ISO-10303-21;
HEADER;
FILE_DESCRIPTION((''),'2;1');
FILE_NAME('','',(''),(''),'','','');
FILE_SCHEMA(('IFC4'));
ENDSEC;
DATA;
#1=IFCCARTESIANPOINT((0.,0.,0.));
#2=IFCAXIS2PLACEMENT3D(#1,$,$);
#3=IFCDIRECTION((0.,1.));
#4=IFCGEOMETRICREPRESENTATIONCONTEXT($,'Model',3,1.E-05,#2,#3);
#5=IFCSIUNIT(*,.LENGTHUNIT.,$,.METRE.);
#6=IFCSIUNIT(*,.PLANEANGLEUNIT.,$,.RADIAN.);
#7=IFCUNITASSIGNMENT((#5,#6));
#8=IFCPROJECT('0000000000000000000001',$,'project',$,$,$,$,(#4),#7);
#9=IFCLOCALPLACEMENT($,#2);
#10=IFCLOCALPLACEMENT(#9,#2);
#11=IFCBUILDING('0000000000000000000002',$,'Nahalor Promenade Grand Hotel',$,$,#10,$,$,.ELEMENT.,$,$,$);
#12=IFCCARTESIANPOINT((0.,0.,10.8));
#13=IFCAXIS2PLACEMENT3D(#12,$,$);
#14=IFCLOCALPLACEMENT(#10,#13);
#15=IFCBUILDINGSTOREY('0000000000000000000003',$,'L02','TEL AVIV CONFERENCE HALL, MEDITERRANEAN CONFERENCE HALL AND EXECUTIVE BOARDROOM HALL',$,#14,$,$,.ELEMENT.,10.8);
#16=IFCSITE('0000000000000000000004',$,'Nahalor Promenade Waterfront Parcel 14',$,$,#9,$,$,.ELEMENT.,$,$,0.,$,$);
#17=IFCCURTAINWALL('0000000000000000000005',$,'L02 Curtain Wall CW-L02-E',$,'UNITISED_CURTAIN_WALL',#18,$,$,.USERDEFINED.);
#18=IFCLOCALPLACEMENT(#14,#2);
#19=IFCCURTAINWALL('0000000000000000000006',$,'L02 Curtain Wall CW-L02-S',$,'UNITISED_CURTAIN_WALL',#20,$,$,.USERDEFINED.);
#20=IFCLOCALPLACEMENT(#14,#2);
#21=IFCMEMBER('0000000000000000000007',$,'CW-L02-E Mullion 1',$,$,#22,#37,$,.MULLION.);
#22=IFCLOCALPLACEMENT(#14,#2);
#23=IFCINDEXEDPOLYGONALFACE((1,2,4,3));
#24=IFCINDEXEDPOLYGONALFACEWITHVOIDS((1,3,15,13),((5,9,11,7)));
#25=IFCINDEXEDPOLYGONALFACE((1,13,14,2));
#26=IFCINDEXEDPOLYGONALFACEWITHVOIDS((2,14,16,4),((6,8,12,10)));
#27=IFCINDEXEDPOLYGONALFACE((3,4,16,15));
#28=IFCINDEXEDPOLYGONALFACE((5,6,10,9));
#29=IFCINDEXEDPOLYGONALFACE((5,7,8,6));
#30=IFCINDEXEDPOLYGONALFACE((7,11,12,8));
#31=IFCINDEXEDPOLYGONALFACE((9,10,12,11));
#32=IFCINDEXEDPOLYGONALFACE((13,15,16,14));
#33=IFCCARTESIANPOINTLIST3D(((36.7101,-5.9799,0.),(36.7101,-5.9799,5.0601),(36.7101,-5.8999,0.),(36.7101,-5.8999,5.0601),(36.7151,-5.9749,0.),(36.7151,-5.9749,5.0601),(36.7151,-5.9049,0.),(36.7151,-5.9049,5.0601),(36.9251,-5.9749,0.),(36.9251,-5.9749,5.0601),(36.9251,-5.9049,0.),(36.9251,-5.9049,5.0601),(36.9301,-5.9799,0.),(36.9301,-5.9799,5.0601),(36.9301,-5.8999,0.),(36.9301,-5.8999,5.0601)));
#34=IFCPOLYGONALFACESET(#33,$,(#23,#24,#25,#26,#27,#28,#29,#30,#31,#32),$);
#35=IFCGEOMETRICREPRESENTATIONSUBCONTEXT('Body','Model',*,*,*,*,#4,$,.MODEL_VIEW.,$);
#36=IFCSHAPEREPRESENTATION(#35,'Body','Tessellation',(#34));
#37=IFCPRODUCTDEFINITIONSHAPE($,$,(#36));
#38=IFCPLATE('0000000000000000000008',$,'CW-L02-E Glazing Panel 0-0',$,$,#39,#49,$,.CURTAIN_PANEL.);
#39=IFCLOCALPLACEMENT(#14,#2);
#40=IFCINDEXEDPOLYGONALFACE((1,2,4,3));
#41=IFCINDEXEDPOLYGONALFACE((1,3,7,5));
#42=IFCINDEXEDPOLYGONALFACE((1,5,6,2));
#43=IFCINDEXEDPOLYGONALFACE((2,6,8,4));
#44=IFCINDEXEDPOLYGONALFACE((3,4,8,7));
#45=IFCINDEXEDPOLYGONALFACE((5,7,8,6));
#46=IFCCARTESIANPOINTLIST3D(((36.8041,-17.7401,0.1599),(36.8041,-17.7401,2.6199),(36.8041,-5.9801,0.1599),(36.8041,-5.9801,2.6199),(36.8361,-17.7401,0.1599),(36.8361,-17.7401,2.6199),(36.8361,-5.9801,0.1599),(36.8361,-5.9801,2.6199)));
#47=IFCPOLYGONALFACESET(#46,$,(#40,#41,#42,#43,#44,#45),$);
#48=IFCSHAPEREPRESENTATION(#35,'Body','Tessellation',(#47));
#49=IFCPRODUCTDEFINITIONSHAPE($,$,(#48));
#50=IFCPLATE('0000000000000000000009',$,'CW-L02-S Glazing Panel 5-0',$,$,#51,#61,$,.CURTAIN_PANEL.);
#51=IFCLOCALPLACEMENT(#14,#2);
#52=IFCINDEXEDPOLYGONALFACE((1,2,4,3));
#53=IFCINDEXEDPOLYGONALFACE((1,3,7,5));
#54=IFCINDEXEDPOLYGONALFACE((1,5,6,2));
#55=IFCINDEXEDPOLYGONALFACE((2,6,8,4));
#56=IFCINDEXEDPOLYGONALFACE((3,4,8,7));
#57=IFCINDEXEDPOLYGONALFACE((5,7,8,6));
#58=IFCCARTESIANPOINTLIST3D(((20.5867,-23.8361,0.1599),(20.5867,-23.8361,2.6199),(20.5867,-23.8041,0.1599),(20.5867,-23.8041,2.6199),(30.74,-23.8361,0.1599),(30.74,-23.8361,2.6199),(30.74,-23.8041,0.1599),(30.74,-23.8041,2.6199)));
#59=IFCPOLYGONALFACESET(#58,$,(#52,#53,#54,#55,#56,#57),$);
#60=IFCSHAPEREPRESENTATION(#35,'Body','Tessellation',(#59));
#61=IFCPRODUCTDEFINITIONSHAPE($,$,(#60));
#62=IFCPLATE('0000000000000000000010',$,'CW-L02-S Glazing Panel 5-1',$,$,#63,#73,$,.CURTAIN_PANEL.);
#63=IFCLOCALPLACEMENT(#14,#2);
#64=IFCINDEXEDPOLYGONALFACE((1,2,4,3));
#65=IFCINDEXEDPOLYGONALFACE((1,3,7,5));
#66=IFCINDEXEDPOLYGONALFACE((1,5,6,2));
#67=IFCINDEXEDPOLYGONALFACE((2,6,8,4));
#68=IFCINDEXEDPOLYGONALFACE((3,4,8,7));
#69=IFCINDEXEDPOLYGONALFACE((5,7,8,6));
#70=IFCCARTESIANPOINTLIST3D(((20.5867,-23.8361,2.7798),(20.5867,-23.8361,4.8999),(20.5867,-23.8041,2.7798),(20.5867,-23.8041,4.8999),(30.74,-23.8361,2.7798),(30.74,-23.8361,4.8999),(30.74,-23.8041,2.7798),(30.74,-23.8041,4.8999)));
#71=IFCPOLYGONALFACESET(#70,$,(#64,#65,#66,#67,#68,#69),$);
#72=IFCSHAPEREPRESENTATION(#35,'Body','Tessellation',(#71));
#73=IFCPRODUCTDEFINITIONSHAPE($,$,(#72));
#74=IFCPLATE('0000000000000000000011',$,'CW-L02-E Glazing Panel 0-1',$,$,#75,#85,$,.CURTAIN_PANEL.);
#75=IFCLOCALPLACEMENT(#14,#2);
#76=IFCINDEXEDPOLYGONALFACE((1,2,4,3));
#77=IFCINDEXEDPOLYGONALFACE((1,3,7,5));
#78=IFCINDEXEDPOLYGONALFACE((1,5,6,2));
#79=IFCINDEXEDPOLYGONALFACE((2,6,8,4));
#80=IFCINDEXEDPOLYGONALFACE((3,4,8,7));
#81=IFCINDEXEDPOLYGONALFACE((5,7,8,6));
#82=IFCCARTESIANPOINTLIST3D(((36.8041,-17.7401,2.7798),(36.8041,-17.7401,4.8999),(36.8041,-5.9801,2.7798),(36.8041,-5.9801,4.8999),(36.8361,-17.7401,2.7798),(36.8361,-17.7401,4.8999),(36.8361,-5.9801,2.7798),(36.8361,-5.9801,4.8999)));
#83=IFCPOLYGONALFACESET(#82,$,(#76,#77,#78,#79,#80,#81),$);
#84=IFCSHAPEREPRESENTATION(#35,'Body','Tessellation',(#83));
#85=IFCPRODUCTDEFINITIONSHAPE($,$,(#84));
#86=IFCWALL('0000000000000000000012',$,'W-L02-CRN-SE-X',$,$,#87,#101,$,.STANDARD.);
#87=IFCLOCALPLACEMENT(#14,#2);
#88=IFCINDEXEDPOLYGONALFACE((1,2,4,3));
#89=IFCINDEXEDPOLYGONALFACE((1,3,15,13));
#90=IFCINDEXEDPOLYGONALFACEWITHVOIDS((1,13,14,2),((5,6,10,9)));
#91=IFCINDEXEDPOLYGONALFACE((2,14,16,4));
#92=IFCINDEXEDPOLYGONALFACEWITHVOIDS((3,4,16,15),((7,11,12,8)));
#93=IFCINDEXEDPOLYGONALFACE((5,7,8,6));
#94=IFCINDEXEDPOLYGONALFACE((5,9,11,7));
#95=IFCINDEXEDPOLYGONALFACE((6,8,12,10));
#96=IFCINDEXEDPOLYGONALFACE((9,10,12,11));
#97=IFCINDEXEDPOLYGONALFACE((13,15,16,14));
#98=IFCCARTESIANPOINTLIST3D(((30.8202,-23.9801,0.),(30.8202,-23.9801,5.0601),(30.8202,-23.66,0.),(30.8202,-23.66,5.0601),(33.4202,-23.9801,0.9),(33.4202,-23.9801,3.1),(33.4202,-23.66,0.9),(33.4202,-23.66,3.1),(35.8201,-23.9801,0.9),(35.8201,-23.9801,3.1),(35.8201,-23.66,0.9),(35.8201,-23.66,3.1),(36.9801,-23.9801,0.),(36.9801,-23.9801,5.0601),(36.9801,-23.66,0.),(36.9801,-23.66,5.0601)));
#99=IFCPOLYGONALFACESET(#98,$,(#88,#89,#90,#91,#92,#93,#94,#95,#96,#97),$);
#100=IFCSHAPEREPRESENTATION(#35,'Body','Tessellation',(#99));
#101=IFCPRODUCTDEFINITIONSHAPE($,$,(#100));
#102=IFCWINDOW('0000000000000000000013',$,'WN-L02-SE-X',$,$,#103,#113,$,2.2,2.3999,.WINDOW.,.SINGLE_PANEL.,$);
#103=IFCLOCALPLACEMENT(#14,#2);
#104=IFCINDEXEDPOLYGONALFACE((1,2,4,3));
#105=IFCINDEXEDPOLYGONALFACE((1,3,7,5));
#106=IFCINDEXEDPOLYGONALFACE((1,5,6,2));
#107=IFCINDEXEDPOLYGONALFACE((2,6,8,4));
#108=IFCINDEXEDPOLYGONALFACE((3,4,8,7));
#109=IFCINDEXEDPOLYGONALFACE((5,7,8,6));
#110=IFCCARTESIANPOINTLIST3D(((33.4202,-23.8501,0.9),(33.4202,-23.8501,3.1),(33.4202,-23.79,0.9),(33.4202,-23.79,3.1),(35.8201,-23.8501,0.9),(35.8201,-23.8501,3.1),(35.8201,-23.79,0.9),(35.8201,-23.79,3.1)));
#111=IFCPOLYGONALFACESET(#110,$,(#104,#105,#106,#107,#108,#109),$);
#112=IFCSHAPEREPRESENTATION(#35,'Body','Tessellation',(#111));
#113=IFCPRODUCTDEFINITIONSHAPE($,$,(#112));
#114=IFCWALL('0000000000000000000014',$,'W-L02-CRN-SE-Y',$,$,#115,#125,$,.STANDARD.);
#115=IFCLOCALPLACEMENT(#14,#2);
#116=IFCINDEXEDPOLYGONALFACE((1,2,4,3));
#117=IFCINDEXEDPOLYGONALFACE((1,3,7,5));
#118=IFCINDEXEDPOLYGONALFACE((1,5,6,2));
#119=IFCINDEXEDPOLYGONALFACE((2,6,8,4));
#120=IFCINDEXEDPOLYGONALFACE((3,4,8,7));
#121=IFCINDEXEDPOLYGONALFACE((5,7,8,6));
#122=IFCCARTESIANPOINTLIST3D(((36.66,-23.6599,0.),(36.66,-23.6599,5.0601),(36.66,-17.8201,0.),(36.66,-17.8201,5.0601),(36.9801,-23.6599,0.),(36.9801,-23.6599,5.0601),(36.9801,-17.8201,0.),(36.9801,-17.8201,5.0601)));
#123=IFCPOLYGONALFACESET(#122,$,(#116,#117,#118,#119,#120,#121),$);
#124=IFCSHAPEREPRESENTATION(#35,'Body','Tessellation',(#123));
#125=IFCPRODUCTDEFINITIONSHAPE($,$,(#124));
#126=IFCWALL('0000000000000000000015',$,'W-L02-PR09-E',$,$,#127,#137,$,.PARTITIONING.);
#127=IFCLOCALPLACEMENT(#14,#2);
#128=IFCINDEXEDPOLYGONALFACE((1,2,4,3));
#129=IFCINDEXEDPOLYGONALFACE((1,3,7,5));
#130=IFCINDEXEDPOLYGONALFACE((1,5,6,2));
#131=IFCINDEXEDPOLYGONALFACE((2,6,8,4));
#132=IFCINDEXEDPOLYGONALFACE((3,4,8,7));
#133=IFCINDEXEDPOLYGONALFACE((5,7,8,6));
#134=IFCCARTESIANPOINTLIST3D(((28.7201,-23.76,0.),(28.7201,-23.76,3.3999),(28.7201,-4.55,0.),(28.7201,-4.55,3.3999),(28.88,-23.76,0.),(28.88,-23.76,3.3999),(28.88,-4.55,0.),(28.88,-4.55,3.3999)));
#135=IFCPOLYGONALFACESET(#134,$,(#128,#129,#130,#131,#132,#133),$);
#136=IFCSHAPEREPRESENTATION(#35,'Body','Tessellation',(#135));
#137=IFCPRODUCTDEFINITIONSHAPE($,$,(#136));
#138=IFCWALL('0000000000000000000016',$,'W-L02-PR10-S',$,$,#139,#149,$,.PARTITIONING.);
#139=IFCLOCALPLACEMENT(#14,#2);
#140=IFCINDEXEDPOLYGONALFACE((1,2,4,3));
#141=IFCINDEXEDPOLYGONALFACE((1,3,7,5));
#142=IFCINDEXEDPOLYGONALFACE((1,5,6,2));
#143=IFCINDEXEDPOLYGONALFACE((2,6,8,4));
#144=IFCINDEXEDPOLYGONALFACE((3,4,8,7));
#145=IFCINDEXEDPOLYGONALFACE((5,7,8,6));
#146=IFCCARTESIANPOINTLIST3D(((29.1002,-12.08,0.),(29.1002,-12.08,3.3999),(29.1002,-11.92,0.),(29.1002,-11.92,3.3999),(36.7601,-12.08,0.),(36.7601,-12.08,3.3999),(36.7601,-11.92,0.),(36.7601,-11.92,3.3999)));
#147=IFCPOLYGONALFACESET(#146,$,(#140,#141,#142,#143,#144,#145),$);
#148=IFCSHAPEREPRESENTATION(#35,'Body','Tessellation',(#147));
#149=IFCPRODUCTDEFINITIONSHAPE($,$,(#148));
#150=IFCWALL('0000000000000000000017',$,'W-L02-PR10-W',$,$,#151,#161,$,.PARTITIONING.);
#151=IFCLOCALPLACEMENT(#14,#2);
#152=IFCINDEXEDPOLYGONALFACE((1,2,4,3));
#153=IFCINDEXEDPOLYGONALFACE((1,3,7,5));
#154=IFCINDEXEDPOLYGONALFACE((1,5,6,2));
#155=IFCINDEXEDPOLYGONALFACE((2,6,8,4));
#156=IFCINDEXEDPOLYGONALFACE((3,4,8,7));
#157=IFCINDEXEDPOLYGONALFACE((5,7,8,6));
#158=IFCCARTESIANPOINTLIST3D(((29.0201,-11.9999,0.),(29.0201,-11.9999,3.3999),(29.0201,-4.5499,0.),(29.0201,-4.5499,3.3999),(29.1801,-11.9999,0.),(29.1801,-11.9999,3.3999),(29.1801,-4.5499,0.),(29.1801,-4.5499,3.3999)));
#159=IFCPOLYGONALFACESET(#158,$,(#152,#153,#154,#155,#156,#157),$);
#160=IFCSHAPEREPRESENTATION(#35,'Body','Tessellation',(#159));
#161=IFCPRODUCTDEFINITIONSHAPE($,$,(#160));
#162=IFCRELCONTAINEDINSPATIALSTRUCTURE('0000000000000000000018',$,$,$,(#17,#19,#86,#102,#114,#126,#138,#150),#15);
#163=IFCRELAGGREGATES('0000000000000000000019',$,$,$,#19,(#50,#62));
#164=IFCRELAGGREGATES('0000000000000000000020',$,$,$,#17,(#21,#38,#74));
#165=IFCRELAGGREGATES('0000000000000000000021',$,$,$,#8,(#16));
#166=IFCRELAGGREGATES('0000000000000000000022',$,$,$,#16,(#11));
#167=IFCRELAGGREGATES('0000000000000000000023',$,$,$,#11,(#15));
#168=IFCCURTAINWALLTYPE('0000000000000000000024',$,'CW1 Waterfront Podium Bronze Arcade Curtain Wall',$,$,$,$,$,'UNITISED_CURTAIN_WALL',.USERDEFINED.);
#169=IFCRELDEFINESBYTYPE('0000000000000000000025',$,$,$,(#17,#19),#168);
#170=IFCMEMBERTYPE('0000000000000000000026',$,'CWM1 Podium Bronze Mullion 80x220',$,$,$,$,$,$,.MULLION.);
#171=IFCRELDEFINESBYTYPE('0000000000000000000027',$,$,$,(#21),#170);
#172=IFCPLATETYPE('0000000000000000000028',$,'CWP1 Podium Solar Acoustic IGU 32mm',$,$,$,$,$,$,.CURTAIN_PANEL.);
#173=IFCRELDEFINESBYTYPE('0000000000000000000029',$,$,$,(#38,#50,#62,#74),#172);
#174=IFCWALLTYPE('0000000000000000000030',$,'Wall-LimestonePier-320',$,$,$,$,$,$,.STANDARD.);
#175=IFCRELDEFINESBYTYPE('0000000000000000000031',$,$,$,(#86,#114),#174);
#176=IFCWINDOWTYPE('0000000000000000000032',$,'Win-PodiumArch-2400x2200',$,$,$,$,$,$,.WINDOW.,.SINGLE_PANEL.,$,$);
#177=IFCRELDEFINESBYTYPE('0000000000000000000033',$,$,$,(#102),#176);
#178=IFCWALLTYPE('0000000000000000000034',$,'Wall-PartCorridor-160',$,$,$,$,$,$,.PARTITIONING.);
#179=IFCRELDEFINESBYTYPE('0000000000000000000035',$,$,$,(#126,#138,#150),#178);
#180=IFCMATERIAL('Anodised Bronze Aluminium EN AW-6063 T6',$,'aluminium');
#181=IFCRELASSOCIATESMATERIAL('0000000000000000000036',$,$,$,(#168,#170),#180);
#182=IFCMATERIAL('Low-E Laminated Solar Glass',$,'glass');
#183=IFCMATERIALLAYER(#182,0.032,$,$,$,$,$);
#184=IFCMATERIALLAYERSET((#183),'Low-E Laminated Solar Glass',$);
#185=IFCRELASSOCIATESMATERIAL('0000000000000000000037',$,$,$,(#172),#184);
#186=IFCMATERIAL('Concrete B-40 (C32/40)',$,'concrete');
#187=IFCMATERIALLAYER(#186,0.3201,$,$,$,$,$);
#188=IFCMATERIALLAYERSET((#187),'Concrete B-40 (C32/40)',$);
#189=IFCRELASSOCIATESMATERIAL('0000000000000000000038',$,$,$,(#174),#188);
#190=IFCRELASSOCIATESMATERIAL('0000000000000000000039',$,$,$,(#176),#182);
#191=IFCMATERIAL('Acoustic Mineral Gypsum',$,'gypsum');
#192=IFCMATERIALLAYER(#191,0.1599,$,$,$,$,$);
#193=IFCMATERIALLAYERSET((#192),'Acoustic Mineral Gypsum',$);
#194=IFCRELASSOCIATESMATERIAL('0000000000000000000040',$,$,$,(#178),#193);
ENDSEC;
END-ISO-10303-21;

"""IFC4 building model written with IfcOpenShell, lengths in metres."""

from ifc_helpers import new_model, si_unit, direction, frame, frame_2d, origin, origin_2d, place, context, subcontext, project, spatial, rectangle, hollow_rectangle, extrude, source, transform, mapped, material, layer, layer_set, material_profile, profile_set, type_object, element, fill, aggregate, save


model = new_model("IFC4")

# Units and contexts
model_context = context("Model", 3, precision=1e-05, world=origin(), true_north=direction((0.0, 1.0)))
body_context = subcontext(model_context, "Body", "Model", "MODEL_VIEW")
ifc_project = project(units=[si_unit("LENGTHUNIT", "METRE"), si_unit("PLANEANGLEUNIT", "RADIAN")], contexts=[model_context])

# Site, building, storey
site_placement = place(None, origin())
site = spatial("IfcSite", under=ifc_project, at=site_placement, Name="Nahalor Promenade Waterfront Parcel 14", CompositionType="ELEMENT", RefElevation=0.0)
building_placement = place(site_placement, origin())
building = spatial("IfcBuilding", under=site, at=building_placement, Name="Nahalor Promenade Grand Hotel", CompositionType="ELEMENT")
storey_placement = place(building_placement, frame((0.0, 0.0, 10.8)))
storey = spatial("IfcBuildingStorey", under=building, at=storey_placement, Name="L02", Description="TEL AVIV CONFERENCE HALL, MEDITERRANEAN CONFERENCE HALL AND EXECUTIVE BOARDROOM HALL", CompositionType="ELEMENT", Elevation=10.8)

# Curtain wall
ifc_material_1 = material(Name="Anodised Bronze Aluminium EN AW-6063 T6", Category="aluminium")
curtain_wall_type = type_object("IfcCurtainWallType", Name="CW1 Waterfront Podium Bronze Arcade Curtain Wall", ElementType="UNITISED_CURTAIN_WALL", PredefinedType="USERDEFINED", material=ifc_material_1)
curtain_wall_1_placement = place(storey_placement, origin())
curtain_wall_1 = element("IfcCurtainWall", 1, at=curtain_wall_1_placement, inside=storey, type_object=curtain_wall_type, Name="L02 Curtain Wall CW-L02-E", ObjectType="UNITISED_CURTAIN_WALL", PredefinedType="USERDEFINED")

# Curtain wall
curtain_wall_2_placement = place(storey_placement, origin())
curtain_wall_2 = element("IfcCurtainWall", 2, at=curtain_wall_2_placement, inside=storey, type_object=curtain_wall_type, Name="L02 Curtain Wall CW-L02-S", ObjectType="UNITISED_CURTAIN_WALL", PredefinedType="USERDEFINED")
ifc_material_profile_1 = material_profile(ifc_material_1, hollow_rectangle(XDim=0.08, YDim=0.22, WallThickness=0.005, at=origin_2d()), Name="CWM 80x220x5")
ifc_profile_set_1 = profile_set([ifc_material_profile_1], Name="Anodised Bronze Aluminium EN AW-6063 T6")
member_type_1 = type_object("IfcMemberType", Name="CWM1 Podium Bronze Mullion 80x220", PredefinedType="MULLION", material=ifc_profile_set_1)
shared_shape_1 = source(origin(), body_context, "Body", "SweptSolid", [
    extrude(hollow_rectangle(XDim=0.08, YDim=0.22, WallThickness=0.005, at=origin_2d()), origin(), (0.0, 0.0, 1.0), 5.0601),
])

# Member
member_1_placement = place(storey_placement, frame((36.8201, -5.9399, 0.0), z_axis=(0.0, 0.0, 1.0), x_axis=(0.0, 1.0, 0.0)))
member_1 = element("IfcMember", 3, at=member_1_placement, type_object=member_type_1, Name="CW-L02-E Mullion 1", PredefinedType="MULLION", context=body_context, shape_type="MappedRepresentation", body=[
    mapped(shared_shape_1, transform((0.0, 0.0, 0.0), scale=1.0)),
])

# Plates
ifc_material_2 = material(Name="Low-E Laminated Solar Glass", Category="glass")
ifc_layer_1 = layer(ifc_material_2, 0.032)
ifc_layer_set_1 = layer_set([ifc_layer_1], Name="Low-E Laminated Solar Glass")
plate_type = type_object("IfcPlateType", Name="CWP1 Podium Solar Acoustic IGU 32mm", PredefinedType="CURTAIN_PANEL", material=ifc_layer_set_1)
shared_shape_2 = source(origin(), body_context, "Body", "SweptSolid", [
    extrude(rectangle(XDim=11.76, YDim=0.032, at=origin_2d()), origin(), (0.0, 0.0, 1.0), 2.46),
])
plate_1_placement = place(storey_placement, frame((36.8201, -11.8601, 0.1599), z_axis=(0.0, 0.0, 1.0), x_axis=(0.0, 1.0, 0.0)))
plate_1 = element("IfcPlate", 4, at=plate_1_placement, type_object=plate_type, Name="CW-L02-E Glazing Panel 0-0", PredefinedType="CURTAIN_PANEL", context=body_context, shape_type="MappedRepresentation", body=[
    mapped(shared_shape_2, transform((0.0, 0.0, 0.0), scale=1.0)),
])
shared_shape_3 = source(origin(), body_context, "Body", "SweptSolid", [
    extrude(rectangle(XDim=10.1533, YDim=0.032, at=origin_2d()), origin(), (0.0, 0.0, 1.0), 2.46),
])
plate_2_placement = place(storey_placement, frame((25.6633, -23.8201, 0.1599), z_axis=(0.0, 0.0, 1.0), x_axis=(1.0, 0.0, 0.0)))
plate_2 = element("IfcPlate", 5, at=plate_2_placement, type_object=plate_type, Name="CW-L02-S Glazing Panel 5-0", PredefinedType="CURTAIN_PANEL", context=body_context, shape_type="MappedRepresentation", body=[
    mapped(shared_shape_3, transform((0.0, 0.0, 0.0), scale=1.0)),
])
shared_shape_4 = source(origin(), body_context, "Body", "SweptSolid", [
    extrude(rectangle(XDim=10.1533, YDim=0.032, at=origin_2d()), origin(), (0.0, 0.0, 1.0), 2.1201),
])
plate_3_placement = place(storey_placement, frame((25.6633, -23.8201, 2.7798), z_axis=(0.0, 0.0, 1.0), x_axis=(1.0, 0.0, 0.0)))
plate_3 = element("IfcPlate", 6, at=plate_3_placement, type_object=plate_type, Name="CW-L02-S Glazing Panel 5-1", PredefinedType="CURTAIN_PANEL", context=body_context, shape_type="MappedRepresentation", body=[
    mapped(shared_shape_4, transform((0.0, 0.0, 0.0), scale=1.0)),
])
aggregate(curtain_wall_2, [plate_2, plate_3])
shared_shape_5 = source(origin(), body_context, "Body", "SweptSolid", [
    extrude(rectangle(XDim=11.76, YDim=0.032, at=origin_2d()), origin(), (0.0, 0.0, 1.0), 2.1201),
])
plate_4_placement = place(storey_placement, frame((36.8201, -11.8601, 2.7798), z_axis=(0.0, 0.0, 1.0), x_axis=(0.0, 1.0, 0.0)))
plate_4 = element("IfcPlate", 7, at=plate_4_placement, type_object=plate_type, Name="CW-L02-E Glazing Panel 0-1", PredefinedType="CURTAIN_PANEL", context=body_context, shape_type="MappedRepresentation", body=[
    mapped(shared_shape_5, transform((0.0, 0.0, 0.0), scale=1.0)),
])
aggregate(curtain_wall_1, [member_1, plate_1, plate_4])

# Wall, opening, window
ifc_material_3 = material(Name="Concrete B-40 (C32/40)", Category="concrete")
ifc_layer_2 = layer(ifc_material_3, 0.3201)
ifc_layer_set_2 = layer_set([ifc_layer_2], Name="Concrete B-40 (C32/40)")
wall_type_1 = type_object("IfcWallType", Name="Wall-LimestonePier-320", PredefinedType="STANDARD", material=ifc_layer_set_2)
shared_shape_6 = source(origin(), body_context, "Body", "SweptSolid", [
    extrude(rectangle(XDim=6.1599, YDim=0.3201, at=frame_2d((3.0801, 0.0))), origin(), (0.0, 0.0, 1.0), 5.0601),
])
wall_1_placement = place(storey_placement, frame((30.8201, -23.8201, 0.0), z_axis=(0.0, 0.0, 1.0), x_axis=(1.0, 0.0, 0.0)))
wall_1 = element("IfcWall", 8, at=wall_1_placement, inside=storey, type_object=wall_type_1, Name="W-L02-CRN-SE-X", PredefinedType="STANDARD", context=body_context, shape_type="MappedRepresentation", body=[
    mapped(shared_shape_6, transform((0.0, 0.0, 0.0), scale=1.0)),
])
opening_placement = place(wall_1_placement, frame((2.6001, 0.0, 0.8999)))
opening = element("IfcOpeningElement", 9, at=opening_placement, cuts=wall_1, PredefinedType="OPENING", context=body_context, shape_type="SweptSolid", body=[
    extrude(rectangle(XDim=2.3999, YDim=2.2, at=frame_2d((1.2, 1.1001))), frame((0.0, 0.1699, 0.0), z_axis=(0.0, -1.0, 0.0), x_axis=(1.0, 0.0, 0.0)), (0.0, 0.0, 1.0), 0.3401),
])
window_type = type_object("IfcWindowType", Name="Win-PodiumArch-2400x2200", PartitioningType="SINGLE_PANEL", PredefinedType="WINDOW", material=ifc_material_2)
shared_shape_7 = source(origin(), body_context, "Body", "SweptSolid", [
    extrude(rectangle(XDim=2.3999, YDim=2.2, at=frame_2d((1.2, 1.1001))), frame((0.0, 0.03, 0.0), z_axis=(0.0, -1.0, 0.0), x_axis=(1.0, 0.0, 0.0)), (0.0, 0.0, 1.0), 0.0601),
])
window_placement = place(opening_placement, origin())
window = element("IfcWindow", 10, at=window_placement, inside=storey, type_object=window_type, Name="WN-L02-SE-X", OverallHeight=2.2, OverallWidth=2.3999, PartitioningType="SINGLE_PANEL", PredefinedType="WINDOW", context=body_context, shape_type="MappedRepresentation", body=[
    mapped(shared_shape_7, transform((0.0, 0.0, 0.0), scale=1.0)),
])
fill(opening, window)

# Walls
shared_shape_8 = source(origin(), body_context, "Body", "SweptSolid", [
    extrude(rectangle(XDim=5.8398, YDim=0.3201, at=frame_2d((2.9199, 0.0))), origin(), (0.0, 0.0, 1.0), 5.0601),
])
wall_2_placement = place(storey_placement, frame((36.8201, -23.6599, 0.0), z_axis=(0.0, 0.0, 1.0), x_axis=(0.0, 1.0, 0.0)))
element("IfcWall", 11, at=wall_2_placement, inside=storey, type_object=wall_type_1, Name="W-L02-CRN-SE-Y", PredefinedType="STANDARD", context=body_context, shape_type="MappedRepresentation", body=[
    mapped(shared_shape_8, transform((0.0, 0.0, 0.0), scale=1.0)),
])
ifc_material_4 = material(Name="Acoustic Mineral Gypsum", Category="gypsum")
ifc_layer_3 = layer(ifc_material_4, 0.1599)
ifc_layer_set_3 = layer_set([ifc_layer_3], Name="Acoustic Mineral Gypsum")
wall_type_2 = type_object("IfcWallType", Name="Wall-PartCorridor-160", PredefinedType="PARTITIONING", material=ifc_layer_set_3)
shared_shape_9 = source(origin(), body_context, "Body", "SweptSolid", [
    extrude(rectangle(XDim=19.21, YDim=0.1599, at=frame_2d((9.605, 0.0))), origin(), (0.0, 0.0, 1.0), 3.3999),
])
wall_3_placement = place(storey_placement, frame((28.8, -23.76, 0.0), z_axis=(0.0, 0.0, 1.0), x_axis=(0.0, 1.0, 0.0)))
element("IfcWall", 12, at=wall_3_placement, inside=storey, type_object=wall_type_2, Name="W-L02-PR09-E", PredefinedType="PARTITIONING", context=body_context, shape_type="MappedRepresentation", body=[
    mapped(shared_shape_9, transform((0.0, 0.0, 0.0), scale=1.0)),
])
shared_shape_10 = source(origin(), body_context, "Body", "SweptSolid", [
    extrude(rectangle(XDim=7.6599, YDim=0.1599, at=frame_2d((3.8301, 0.0))), origin(), (0.0, 0.0, 1.0), 3.3999),
])
wall_4_placement = place(storey_placement, frame((29.1001, -12.0, 0.0), z_axis=(0.0, 0.0, 1.0), x_axis=(1.0, 0.0, 0.0)))
element("IfcWall", 13, at=wall_4_placement, inside=storey, type_object=wall_type_2, Name="W-L02-PR10-S", PredefinedType="PARTITIONING", context=body_context, shape_type="MappedRepresentation", body=[
    mapped(shared_shape_10, transform((0.0, 0.0, 0.0), scale=1.0)),
])
shared_shape_11 = source(origin(), body_context, "Body", "SweptSolid", [
    extrude(rectangle(XDim=7.45, YDim=0.1599, at=frame_2d((3.7251, 0.0))), origin(), (0.0, 0.0, 1.0), 3.3999),
])
wall_5_placement = place(storey_placement, frame((29.1001, -12.0, 0.0), z_axis=(0.0, 0.0, 1.0), x_axis=(0.0, 1.0, 0.0)))
element("IfcWall", 14, at=wall_5_placement, inside=storey, type_object=wall_type_2, Name="W-L02-PR10-W", PredefinedType="PARTITIONING", context=body_context, shape_type="MappedRepresentation", body=[
    mapped(shared_shape_11, transform((0.0, 0.0, 0.0), scale=1.0)),
])

save(model, "model.ifc")
